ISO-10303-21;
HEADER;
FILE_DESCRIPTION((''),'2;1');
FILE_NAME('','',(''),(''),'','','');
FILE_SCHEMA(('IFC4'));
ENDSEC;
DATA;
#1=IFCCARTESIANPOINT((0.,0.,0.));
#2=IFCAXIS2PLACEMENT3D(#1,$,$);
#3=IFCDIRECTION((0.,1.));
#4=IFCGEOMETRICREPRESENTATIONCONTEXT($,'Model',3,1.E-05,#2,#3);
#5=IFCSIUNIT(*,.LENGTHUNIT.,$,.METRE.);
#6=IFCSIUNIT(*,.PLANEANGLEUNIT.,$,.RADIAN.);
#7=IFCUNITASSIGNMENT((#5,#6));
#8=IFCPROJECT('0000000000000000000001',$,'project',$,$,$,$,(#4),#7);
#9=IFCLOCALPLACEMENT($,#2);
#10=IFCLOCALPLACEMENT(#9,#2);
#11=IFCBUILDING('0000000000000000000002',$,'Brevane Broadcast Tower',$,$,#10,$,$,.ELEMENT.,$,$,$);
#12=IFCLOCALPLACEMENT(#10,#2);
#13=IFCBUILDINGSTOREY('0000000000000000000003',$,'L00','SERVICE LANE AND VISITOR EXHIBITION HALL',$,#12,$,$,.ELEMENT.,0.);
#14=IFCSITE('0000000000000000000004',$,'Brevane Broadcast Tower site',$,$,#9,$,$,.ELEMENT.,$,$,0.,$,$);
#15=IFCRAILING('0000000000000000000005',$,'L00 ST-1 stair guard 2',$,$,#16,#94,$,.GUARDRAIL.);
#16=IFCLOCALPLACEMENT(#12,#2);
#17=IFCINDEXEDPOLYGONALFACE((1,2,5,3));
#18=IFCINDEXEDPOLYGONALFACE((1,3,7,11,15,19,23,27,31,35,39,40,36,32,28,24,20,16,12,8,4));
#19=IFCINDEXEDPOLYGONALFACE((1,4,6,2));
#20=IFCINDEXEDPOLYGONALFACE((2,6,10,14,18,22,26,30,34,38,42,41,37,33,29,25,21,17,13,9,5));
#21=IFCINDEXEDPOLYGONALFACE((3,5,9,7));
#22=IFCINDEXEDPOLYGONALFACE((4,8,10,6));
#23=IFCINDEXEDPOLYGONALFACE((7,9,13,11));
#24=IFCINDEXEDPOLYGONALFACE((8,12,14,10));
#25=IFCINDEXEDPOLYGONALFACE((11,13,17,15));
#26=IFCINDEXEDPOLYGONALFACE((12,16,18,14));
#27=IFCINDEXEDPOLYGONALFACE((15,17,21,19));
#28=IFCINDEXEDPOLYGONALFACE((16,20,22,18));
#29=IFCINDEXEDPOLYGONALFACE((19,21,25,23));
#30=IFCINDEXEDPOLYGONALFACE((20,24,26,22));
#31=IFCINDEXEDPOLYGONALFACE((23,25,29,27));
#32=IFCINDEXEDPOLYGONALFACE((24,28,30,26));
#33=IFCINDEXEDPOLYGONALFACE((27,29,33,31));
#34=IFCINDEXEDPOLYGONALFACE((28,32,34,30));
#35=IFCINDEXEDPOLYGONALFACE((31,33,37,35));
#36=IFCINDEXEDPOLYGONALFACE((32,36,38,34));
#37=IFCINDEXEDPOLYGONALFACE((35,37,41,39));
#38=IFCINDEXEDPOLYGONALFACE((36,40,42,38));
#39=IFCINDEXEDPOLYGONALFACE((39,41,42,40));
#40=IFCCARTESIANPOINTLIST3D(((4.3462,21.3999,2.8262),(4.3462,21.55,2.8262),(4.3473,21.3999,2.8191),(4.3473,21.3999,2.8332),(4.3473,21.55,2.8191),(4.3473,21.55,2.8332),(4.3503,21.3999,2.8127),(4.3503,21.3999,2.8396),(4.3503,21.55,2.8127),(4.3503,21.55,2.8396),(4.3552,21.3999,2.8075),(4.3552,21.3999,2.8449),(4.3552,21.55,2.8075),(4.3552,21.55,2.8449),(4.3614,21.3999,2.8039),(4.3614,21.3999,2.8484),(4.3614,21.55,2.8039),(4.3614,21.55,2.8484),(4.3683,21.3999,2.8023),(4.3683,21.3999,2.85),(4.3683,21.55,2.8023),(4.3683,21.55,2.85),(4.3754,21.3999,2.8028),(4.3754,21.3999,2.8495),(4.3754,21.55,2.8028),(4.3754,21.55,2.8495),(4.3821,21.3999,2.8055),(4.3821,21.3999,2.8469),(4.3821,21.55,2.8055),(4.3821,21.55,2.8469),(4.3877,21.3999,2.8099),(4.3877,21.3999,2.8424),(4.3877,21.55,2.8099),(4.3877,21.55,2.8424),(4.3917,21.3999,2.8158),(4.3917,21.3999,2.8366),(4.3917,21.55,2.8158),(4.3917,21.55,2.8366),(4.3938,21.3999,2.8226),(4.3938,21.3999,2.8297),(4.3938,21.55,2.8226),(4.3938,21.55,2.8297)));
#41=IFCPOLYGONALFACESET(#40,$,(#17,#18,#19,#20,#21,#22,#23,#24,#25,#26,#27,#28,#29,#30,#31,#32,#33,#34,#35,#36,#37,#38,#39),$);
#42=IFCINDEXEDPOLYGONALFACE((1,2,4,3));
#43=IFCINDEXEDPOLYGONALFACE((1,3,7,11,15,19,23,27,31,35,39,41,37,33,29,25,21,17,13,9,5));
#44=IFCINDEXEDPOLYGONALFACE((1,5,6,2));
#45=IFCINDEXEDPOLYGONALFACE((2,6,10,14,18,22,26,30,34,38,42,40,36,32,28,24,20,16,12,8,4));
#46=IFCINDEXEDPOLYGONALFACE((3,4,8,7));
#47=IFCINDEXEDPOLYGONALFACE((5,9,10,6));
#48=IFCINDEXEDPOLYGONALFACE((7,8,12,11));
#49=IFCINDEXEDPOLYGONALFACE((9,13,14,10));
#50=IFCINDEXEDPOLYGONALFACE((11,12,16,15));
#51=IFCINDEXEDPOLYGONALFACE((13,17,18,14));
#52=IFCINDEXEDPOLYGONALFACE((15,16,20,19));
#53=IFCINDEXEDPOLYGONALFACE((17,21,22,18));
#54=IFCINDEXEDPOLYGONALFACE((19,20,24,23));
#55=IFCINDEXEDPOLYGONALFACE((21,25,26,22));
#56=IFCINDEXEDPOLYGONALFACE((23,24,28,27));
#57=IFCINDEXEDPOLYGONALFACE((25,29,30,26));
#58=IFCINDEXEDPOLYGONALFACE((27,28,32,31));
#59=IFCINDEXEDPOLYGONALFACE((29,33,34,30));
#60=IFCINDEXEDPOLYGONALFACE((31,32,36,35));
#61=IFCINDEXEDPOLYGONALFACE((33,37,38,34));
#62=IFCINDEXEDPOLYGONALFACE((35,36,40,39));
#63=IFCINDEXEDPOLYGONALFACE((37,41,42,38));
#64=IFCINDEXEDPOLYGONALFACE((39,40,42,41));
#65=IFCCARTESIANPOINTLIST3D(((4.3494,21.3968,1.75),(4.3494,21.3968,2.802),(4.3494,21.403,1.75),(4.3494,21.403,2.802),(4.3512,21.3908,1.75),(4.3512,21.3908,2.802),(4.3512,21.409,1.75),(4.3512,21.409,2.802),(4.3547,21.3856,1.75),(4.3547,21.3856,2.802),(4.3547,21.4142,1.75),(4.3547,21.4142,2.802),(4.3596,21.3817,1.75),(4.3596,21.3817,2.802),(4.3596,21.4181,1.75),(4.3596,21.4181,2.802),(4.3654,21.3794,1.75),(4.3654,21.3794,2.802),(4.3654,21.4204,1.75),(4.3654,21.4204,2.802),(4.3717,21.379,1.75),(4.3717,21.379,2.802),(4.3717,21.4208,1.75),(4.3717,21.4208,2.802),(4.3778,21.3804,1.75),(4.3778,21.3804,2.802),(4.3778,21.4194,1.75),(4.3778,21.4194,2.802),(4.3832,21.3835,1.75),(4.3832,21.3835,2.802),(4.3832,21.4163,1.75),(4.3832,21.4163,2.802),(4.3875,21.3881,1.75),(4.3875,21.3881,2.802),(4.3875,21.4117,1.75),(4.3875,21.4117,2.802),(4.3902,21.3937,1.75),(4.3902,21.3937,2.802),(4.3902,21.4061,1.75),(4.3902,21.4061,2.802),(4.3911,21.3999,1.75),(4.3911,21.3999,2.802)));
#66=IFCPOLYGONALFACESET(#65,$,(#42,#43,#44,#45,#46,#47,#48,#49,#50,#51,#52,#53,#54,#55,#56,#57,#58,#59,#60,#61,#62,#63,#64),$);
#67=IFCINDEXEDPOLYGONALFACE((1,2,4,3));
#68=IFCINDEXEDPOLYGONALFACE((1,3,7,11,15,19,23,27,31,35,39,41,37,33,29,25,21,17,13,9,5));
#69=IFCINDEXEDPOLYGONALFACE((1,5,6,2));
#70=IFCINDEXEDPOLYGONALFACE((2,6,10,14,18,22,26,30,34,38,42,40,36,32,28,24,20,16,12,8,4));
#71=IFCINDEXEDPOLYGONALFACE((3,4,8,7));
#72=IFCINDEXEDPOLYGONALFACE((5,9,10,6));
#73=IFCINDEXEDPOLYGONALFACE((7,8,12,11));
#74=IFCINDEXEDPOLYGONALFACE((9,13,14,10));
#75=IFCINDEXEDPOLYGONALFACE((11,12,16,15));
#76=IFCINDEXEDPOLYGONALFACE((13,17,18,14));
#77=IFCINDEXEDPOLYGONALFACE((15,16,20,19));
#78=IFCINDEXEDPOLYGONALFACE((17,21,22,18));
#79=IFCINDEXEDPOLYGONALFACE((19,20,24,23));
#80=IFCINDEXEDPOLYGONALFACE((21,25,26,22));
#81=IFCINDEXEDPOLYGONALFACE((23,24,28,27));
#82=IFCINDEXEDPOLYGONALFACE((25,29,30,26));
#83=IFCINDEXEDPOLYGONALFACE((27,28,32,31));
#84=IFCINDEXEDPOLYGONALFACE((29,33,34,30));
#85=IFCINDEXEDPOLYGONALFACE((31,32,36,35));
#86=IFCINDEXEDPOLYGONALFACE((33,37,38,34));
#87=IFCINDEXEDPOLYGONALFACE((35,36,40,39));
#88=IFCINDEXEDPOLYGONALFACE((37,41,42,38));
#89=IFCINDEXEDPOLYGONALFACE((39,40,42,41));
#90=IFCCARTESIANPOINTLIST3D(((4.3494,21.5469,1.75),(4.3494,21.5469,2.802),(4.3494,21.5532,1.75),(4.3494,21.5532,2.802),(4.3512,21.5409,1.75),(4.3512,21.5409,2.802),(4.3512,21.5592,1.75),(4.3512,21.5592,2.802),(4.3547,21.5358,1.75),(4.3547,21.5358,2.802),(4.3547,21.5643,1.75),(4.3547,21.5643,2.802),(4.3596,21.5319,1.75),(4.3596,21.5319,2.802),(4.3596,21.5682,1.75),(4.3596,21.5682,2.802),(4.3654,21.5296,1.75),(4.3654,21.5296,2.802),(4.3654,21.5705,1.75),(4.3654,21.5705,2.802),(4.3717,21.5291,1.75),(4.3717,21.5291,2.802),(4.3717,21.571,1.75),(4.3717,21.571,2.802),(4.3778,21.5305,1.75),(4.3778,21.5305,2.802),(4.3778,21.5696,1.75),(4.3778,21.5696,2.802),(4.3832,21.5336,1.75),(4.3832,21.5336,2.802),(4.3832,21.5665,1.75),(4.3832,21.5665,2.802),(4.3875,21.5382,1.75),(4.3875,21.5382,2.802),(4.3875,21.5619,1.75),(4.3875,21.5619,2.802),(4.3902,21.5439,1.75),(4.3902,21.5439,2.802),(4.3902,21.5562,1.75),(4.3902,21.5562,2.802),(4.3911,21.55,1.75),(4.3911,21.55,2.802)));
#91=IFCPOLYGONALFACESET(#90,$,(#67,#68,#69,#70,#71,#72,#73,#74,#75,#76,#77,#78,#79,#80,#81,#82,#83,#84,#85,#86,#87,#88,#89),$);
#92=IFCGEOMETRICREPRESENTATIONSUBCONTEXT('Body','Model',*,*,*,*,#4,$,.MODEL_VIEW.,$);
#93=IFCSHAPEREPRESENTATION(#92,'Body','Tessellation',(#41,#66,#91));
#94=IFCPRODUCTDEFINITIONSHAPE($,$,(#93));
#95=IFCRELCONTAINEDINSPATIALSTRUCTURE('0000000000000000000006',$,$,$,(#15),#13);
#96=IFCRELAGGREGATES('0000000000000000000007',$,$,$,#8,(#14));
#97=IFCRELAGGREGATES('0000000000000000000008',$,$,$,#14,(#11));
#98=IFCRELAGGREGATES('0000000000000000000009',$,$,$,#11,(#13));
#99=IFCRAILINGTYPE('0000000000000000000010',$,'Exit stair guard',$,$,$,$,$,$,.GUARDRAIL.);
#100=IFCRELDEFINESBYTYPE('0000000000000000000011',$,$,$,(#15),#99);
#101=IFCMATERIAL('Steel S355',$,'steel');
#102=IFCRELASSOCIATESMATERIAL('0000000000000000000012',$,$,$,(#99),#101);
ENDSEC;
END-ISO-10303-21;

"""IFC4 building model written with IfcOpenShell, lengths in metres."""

from ifc_helpers import new_model, si_unit, direction, frame, origin, origin_2d, place, context, subcontext, project, spatial, circle, extrude, material, type_object, element, save


model = new_model("IFC4")

# Units and contexts
model_context = context("Model", 3, precision=1e-05, world=origin(), true_north=direction((0.0, 1.0)))
body_context = subcontext(model_context, "Body", "Model", "MODEL_VIEW")
ifc_project = project(units=[si_unit("LENGTHUNIT", "METRE"), si_unit("PLANEANGLEUNIT", "RADIAN")], contexts=[model_context])

# Site, building, storey
site_placement = place(None, origin())
site = spatial("IfcSite", under=ifc_project, at=site_placement, Name="Brevane Broadcast Tower site", CompositionType="ELEMENT", RefElevation=0.0)
building_placement = place(site_placement, origin())
building = spatial("IfcBuilding", under=site, at=building_placement, Name="Brevane Broadcast Tower", CompositionType="ELEMENT")
storey_placement = place(building_placement, origin())
storey = spatial("IfcBuildingStorey", under=building, at=storey_placement, Name="L00", Description="SERVICE LANE AND VISITOR EXHIBITION HALL", CompositionType="ELEMENT", Elevation=0.0)

# Railing
ifc_material_1 = material(Name="Steel S355", Category="steel")
railing_type_1 = type_object("IfcRailingType", Name="Exit stair guard", PredefinedType="GUARDRAIL", material=ifc_material_1)
railing_1_placement = place(storey_placement, frame((4.3701, 21.3999, 1.75)))
element("IfcRailing", 1, at=railing_1_placement, inside=storey, type_object=railing_type_1, Name="L00 ST-1 stair guard 2", PredefinedType="GUARDRAIL", context=body_context, shape_type="SweptSolid", body=[
    extrude(circle(Radius=0.0239, at=origin_2d()), frame((0.0, 0.0, 1.0762), z_axis=(0.0, 1.0, 0.0), x_axis=(-1.0, 0.0, 0.0)), (0.0, 0.0, 1.0), 0.1501),
    extrude(circle(Radius=0.021, at=origin_2d()), origin(), (0.0, 0.0, 1.0), 1.052),
    extrude(circle(Radius=0.021, at=origin_2d()), frame((0.0, 0.1501, 0.0)), (0.0, 0.0, 1.0), 1.052),
])

save(model, "model.ifc")
